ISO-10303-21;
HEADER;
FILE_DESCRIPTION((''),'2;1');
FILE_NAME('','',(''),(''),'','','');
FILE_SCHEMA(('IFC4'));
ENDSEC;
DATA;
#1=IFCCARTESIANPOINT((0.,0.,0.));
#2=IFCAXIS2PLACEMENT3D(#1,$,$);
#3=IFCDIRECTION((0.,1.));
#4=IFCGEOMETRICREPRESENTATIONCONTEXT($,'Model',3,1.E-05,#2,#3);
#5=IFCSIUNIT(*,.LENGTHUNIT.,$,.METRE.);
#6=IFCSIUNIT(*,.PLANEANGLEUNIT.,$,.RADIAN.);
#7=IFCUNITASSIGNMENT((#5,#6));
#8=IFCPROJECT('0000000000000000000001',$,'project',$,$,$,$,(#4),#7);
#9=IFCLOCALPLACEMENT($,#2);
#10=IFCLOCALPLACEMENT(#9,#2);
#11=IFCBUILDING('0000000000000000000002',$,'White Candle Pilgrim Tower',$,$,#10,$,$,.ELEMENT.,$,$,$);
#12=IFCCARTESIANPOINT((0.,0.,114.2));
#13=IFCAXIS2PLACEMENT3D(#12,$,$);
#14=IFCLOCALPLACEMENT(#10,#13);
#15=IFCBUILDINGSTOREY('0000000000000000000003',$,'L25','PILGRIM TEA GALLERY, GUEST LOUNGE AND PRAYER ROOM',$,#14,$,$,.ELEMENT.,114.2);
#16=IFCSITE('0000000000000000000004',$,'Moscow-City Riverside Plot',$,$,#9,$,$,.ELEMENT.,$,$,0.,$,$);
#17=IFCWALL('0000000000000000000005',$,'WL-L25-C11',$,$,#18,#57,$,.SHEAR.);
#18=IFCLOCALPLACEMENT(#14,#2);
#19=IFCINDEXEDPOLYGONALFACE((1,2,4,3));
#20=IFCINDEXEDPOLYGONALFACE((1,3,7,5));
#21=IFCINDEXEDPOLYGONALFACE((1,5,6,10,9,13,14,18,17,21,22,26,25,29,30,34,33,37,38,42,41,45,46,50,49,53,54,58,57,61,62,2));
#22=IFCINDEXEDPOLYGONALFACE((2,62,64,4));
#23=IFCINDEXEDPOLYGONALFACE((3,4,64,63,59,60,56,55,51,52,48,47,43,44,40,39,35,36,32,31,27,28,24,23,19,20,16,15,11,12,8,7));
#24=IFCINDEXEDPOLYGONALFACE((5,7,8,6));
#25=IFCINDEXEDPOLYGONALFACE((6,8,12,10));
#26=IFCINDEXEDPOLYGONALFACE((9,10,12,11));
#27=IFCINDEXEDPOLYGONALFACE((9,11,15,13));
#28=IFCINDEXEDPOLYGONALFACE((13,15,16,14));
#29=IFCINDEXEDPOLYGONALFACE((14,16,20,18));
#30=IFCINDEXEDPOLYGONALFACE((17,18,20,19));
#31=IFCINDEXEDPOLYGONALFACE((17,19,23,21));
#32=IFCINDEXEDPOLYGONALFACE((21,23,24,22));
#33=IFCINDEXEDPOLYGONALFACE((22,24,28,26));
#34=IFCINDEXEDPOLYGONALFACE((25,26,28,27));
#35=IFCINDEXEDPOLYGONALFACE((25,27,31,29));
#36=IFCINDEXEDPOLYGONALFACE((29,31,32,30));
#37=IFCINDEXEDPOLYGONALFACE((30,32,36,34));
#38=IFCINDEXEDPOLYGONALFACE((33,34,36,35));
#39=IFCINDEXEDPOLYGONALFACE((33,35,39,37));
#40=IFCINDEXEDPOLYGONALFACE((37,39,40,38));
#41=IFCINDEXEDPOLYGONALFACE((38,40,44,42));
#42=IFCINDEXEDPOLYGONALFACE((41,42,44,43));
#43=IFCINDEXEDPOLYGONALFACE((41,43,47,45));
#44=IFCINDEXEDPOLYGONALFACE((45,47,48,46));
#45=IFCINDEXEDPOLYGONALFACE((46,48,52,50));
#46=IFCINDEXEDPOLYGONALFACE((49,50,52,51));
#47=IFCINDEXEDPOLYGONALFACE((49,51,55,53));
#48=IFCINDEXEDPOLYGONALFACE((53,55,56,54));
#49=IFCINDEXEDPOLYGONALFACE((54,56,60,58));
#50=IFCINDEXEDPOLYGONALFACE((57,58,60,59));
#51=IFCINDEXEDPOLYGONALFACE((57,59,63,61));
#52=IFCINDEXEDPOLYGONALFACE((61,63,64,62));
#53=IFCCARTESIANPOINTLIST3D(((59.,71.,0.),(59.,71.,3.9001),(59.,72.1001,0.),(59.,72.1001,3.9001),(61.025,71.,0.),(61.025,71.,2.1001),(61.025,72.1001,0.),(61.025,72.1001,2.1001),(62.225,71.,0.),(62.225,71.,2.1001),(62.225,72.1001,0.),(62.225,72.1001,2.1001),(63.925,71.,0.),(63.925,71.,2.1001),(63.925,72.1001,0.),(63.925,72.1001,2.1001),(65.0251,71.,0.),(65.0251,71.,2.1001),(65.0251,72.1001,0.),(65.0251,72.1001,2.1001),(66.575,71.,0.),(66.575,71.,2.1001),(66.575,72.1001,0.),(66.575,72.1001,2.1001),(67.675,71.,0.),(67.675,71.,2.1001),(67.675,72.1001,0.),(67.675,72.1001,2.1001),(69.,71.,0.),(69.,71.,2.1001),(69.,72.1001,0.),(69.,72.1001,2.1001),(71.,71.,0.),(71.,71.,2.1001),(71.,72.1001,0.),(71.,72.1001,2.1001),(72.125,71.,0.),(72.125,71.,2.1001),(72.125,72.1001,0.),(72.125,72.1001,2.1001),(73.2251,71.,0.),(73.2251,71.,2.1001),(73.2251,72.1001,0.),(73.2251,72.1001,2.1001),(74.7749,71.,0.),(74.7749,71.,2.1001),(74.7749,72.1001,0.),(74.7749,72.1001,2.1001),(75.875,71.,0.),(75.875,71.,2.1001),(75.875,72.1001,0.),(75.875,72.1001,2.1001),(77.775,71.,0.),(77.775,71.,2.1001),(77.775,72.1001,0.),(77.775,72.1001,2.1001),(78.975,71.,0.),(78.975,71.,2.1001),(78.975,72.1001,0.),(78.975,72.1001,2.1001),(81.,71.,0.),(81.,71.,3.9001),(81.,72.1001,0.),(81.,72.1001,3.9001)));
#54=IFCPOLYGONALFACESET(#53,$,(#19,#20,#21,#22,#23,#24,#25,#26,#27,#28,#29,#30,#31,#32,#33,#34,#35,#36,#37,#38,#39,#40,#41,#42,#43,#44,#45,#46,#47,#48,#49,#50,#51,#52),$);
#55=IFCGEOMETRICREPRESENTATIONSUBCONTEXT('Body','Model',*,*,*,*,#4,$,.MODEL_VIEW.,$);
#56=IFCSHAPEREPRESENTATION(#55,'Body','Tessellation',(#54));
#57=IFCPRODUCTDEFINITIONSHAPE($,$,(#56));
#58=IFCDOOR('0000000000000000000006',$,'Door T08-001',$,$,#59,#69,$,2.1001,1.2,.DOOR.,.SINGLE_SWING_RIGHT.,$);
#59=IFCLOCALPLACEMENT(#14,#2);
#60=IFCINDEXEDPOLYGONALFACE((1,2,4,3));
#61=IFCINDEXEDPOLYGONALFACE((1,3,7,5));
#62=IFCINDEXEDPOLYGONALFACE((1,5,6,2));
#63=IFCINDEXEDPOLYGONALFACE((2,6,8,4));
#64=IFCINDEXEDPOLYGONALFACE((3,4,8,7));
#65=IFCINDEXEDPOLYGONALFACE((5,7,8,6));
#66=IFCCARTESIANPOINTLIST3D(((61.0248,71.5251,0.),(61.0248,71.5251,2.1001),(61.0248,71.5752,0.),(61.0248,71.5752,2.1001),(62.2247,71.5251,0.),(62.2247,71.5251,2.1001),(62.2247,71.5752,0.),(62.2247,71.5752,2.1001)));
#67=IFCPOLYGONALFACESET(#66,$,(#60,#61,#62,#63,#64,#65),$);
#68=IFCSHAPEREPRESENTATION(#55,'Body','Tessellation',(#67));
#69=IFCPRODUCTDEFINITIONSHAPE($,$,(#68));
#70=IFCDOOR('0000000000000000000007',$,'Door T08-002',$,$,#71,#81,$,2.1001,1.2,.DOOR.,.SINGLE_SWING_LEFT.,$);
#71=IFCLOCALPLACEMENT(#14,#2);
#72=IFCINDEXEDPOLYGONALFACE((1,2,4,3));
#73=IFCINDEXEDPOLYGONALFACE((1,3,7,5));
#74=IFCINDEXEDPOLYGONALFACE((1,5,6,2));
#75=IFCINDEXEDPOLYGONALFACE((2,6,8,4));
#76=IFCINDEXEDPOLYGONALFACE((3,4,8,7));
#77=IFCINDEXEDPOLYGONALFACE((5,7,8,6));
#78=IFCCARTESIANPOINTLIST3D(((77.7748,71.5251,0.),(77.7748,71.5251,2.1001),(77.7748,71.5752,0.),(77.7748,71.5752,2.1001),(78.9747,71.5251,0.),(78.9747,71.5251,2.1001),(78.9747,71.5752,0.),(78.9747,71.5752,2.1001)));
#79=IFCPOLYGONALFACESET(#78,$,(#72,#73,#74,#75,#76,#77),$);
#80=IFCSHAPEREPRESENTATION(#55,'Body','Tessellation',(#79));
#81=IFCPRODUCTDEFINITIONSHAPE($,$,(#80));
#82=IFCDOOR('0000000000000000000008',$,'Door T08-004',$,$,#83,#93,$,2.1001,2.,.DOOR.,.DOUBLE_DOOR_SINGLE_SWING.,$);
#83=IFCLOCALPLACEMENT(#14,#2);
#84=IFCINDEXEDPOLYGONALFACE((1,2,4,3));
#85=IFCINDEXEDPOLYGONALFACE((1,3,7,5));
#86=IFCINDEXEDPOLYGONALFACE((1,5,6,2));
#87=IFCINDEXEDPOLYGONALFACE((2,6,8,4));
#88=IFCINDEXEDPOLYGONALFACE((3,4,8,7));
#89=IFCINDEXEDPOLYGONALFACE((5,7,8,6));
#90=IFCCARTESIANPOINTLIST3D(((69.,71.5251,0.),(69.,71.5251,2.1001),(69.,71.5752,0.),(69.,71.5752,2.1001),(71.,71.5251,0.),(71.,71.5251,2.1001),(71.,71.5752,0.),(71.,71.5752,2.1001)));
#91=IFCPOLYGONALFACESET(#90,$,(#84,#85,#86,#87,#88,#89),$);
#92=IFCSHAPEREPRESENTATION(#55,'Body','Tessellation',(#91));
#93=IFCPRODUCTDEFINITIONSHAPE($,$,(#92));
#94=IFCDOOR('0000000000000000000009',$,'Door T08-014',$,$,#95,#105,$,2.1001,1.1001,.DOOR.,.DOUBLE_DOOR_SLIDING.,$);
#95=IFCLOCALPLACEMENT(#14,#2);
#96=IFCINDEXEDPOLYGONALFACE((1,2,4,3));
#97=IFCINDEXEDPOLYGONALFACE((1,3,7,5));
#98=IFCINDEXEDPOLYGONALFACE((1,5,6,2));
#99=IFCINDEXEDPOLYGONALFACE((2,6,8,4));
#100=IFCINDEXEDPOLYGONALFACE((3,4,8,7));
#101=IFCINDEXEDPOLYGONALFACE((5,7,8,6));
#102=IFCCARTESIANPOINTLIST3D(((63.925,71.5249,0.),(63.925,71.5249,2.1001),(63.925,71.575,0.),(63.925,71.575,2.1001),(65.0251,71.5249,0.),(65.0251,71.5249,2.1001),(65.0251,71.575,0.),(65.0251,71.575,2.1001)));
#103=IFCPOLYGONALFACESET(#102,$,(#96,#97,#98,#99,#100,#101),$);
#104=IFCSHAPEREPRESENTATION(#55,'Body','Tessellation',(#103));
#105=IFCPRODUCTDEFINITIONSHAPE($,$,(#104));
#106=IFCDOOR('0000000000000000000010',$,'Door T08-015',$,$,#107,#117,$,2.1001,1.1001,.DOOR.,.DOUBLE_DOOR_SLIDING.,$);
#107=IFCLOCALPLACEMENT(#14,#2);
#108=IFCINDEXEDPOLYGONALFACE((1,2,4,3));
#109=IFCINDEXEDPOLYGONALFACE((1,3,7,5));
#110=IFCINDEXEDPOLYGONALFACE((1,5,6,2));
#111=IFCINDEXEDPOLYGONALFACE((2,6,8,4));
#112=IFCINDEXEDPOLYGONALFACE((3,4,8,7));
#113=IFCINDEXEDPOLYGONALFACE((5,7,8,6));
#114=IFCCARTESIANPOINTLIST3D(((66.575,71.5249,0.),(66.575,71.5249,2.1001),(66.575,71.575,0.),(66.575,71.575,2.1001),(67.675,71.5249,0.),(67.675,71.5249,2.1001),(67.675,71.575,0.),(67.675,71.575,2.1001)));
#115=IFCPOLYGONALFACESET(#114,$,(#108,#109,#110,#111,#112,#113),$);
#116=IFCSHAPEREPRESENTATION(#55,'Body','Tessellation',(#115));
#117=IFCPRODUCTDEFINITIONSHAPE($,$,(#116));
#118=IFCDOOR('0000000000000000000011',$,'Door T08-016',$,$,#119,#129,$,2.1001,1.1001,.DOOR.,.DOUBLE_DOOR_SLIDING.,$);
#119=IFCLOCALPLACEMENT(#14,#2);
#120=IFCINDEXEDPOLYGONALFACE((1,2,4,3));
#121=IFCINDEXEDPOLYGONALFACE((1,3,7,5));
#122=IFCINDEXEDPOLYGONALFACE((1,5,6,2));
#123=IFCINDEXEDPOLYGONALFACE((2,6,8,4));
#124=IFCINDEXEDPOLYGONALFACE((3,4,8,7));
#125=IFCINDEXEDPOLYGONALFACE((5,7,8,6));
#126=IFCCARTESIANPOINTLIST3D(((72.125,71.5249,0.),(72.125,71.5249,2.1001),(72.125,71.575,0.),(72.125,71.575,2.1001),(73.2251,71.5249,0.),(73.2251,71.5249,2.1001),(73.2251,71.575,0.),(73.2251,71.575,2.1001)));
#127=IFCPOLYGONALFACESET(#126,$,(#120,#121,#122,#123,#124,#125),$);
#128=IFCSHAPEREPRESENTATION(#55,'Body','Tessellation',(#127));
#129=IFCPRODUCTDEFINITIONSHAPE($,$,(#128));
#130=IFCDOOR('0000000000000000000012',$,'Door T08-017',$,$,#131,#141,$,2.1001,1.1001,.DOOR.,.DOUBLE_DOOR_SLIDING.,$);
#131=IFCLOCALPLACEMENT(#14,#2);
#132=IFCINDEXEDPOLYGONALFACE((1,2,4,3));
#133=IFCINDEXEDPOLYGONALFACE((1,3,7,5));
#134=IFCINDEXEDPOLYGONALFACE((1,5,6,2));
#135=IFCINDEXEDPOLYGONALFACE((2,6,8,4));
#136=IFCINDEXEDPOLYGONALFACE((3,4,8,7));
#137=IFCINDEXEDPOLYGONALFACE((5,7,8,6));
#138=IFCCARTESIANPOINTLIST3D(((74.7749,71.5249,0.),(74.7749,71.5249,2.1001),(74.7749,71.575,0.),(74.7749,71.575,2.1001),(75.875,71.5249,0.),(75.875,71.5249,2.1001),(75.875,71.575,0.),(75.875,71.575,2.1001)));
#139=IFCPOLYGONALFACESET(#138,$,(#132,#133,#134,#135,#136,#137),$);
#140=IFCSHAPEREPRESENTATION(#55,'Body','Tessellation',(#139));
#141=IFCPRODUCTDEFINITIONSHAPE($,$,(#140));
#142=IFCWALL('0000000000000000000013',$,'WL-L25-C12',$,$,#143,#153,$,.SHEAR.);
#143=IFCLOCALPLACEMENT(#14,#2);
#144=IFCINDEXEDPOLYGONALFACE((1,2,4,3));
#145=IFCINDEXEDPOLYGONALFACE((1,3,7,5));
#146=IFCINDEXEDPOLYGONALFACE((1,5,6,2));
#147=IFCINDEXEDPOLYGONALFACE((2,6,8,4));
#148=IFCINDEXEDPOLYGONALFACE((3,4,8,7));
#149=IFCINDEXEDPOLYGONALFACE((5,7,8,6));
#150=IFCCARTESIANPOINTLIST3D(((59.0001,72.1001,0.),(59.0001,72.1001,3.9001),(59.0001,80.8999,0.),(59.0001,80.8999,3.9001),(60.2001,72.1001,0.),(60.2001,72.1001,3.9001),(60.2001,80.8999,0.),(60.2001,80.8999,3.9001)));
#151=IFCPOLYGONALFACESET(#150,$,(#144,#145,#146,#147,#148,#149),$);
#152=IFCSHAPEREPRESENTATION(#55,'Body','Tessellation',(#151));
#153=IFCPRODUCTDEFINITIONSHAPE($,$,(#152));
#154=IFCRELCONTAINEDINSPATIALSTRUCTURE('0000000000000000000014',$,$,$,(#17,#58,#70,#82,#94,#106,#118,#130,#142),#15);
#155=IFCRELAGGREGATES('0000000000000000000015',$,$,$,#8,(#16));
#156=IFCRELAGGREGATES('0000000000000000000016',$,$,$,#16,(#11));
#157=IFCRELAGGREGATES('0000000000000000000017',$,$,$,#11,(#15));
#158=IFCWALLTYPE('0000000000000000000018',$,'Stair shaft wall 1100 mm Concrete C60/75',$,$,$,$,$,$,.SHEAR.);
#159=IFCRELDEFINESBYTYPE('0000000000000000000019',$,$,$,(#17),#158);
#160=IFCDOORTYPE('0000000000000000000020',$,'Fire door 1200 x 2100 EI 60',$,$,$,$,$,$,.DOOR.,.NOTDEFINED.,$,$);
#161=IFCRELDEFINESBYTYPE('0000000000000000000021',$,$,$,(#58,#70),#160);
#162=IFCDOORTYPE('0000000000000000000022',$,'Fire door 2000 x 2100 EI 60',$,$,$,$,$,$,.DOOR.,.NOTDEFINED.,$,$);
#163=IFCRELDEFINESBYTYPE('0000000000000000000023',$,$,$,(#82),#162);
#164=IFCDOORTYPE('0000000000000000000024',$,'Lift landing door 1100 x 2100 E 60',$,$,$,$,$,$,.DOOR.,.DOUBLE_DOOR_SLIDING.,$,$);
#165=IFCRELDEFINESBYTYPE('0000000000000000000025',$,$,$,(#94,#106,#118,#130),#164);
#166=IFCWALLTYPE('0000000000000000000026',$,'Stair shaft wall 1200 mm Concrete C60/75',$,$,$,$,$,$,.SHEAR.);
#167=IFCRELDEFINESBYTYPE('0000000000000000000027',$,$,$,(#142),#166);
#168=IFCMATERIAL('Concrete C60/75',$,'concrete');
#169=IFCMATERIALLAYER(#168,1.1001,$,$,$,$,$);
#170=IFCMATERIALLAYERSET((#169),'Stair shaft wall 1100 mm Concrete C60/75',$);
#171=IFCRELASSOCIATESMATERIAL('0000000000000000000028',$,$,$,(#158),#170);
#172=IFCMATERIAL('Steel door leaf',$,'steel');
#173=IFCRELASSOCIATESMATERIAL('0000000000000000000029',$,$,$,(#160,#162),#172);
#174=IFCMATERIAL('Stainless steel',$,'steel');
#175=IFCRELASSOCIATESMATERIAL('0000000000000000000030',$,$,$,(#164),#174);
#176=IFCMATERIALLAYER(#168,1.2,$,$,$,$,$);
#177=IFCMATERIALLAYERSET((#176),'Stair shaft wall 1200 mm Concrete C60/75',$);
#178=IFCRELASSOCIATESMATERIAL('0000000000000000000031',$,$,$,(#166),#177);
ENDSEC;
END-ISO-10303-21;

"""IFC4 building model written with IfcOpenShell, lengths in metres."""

from ifc_helpers import new_model, si_unit, direction, frame, frame_2d, origin, place, context, subcontext, project, spatial, rectangle, extrude, material, layer, layer_set, type_object, element, fill, save


model = new_model("IFC4")

# Units and contexts
model_context = context("Model", 3, precision=1e-05, world=origin(), true_north=direction((0.0, 1.0)))
body_context = subcontext(model_context, "Body", "Model", "MODEL_VIEW")
ifc_project = project(units=[si_unit("LENGTHUNIT", "METRE"), si_unit("PLANEANGLEUNIT", "RADIAN")], contexts=[model_context])

# Site, building, storey
site_placement = place(None, origin())
site = spatial("IfcSite", under=ifc_project, at=site_placement, Name="Moscow-City Riverside Plot", CompositionType="ELEMENT", RefElevation=0.0)
building_placement = place(site_placement, origin())
building = spatial("IfcBuilding", under=site, at=building_placement, Name="White Candle Pilgrim Tower", CompositionType="ELEMENT")
storey_placement = place(building_placement, frame((0.0, 0.0, 114.2)))
storey = spatial("IfcBuildingStorey", under=building, at=storey_placement, Name="L25", Description="PILGRIM TEA GALLERY, GUEST LOUNGE AND PRAYER ROOM", CompositionType="ELEMENT", Elevation=114.2)

# Wall, openings, doors
ifc_material_1 = material(Name="Concrete C60/75", Category="concrete")
ifc_layer_1 = layer(ifc_material_1, 1.1001)
ifc_layer_set_1 = layer_set([ifc_layer_1], Name="Stair shaft wall 1100 mm Concrete C60/75")
wall_type_1 = type_object("IfcWallType", Name="Stair shaft wall 1100 mm Concrete C60/75", PredefinedType="SHEAR", material=ifc_layer_set_1)
wall_1_placement = place(storey_placement, frame((59.0, 71.55, 0.0), z_axis=(0.0, 0.0, 1.0), x_axis=(1.0, 0.0, 0.0)))
wall_1 = element("IfcWall", 1, at=wall_1_placement, inside=storey, type_object=wall_type_1, Name="WL-L25-C11", PredefinedType="SHEAR", context=body_context, shape_type="SweptSolid", body=[
    extrude(rectangle(XDim=22.0, YDim=1.1001, at=frame_2d((11.0, 0.0))), origin(), (0.0, 0.0, 1.0), 3.9001),
])
opening_1_placement = place(wall_1_placement, frame((2.0249, 0.0, 0.0)))
opening_1 = element("IfcOpeningElement", 2, at=opening_1_placement, cuts=wall_1, PredefinedType="OPENING", context=body_context, shape_type="SweptSolid", body=[
    extrude(rectangle(XDim=1.2, YDim=2.1001, at=frame_2d((0.6001, 1.05))), frame((0.0, 0.5601, 0.0), z_axis=(0.0, -1.0, 0.0), x_axis=(1.0, 0.0, 0.0)), (0.0, 0.0, 1.0), 1.1201),
])
opening_2_placement = place(wall_1_placement, frame((18.7749, 0.0, 0.0)))
opening_2 = element("IfcOpeningElement", 3, at=opening_2_placement, cuts=wall_1, PredefinedType="OPENING", context=body_context, shape_type="SweptSolid", body=[
    extrude(rectangle(XDim=1.2, YDim=2.1001, at=frame_2d((0.6001, 1.05))), frame((0.0, 0.5601, 0.0), z_axis=(0.0, -1.0, 0.0), x_axis=(1.0, 0.0, 0.0)), (0.0, 0.0, 1.0), 1.1201),
])
opening_3_placement = place(wall_1_placement, frame((10.0, 0.0, 0.0)))
opening_3 = element("IfcOpeningElement", 4, at=opening_3_placement, cuts=wall_1, PredefinedType="OPENING", context=body_context, shape_type="SweptSolid", body=[
    extrude(rectangle(XDim=2.0, YDim=2.1001, at=frame_2d((1.0, 1.05))), frame((0.0, 0.5601, 0.0), z_axis=(0.0, -1.0, 0.0), x_axis=(1.0, 0.0, 0.0)), (0.0, 0.0, 1.0), 1.1201),
])
opening_4_placement = place(wall_1_placement, frame((4.925, 0.0, 0.0)))
opening_4 = element("IfcOpeningElement", 5, at=opening_4_placement, cuts=wall_1, PredefinedType="OPENING", context=body_context, shape_type="SweptSolid", body=[
    extrude(rectangle(XDim=1.1001, YDim=2.1001, at=frame_2d((0.55, 1.05))), frame((0.0, 0.5601, 0.0), z_axis=(0.0, -1.0, 0.0), x_axis=(1.0, 0.0, 0.0)), (0.0, 0.0, 1.0), 1.1201),
])
opening_5_placement = place(wall_1_placement, frame((7.575, 0.0, 0.0)))
opening_5 = element("IfcOpeningElement", 6, at=opening_5_placement, cuts=wall_1, PredefinedType="OPENING", context=body_context, shape_type="SweptSolid", body=[
    extrude(rectangle(XDim=1.1001, YDim=2.1001, at=frame_2d((0.55, 1.05))), frame((0.0, 0.5601, 0.0), z_axis=(0.0, -1.0, 0.0), x_axis=(1.0, 0.0, 0.0)), (0.0, 0.0, 1.0), 1.1201),
])
opening_6_placement = place(wall_1_placement, frame((13.125, 0.0, 0.0)))
opening_6 = element("IfcOpeningElement", 7, at=opening_6_placement, cuts=wall_1, PredefinedType="OPENING", context=body_context, shape_type="SweptSolid", body=[
    extrude(rectangle(XDim=1.1001, YDim=2.1001, at=frame_2d((0.55, 1.05))), frame((0.0, 0.5601, 0.0), z_axis=(0.0, -1.0, 0.0), x_axis=(1.0, 0.0, 0.0)), (0.0, 0.0, 1.0), 1.1201),
])
opening_7_placement = place(wall_1_placement, frame((15.7749, 0.0, 0.0)))
opening_7 = element("IfcOpeningElement", 8, at=opening_7_placement, cuts=wall_1, PredefinedType="OPENING", context=body_context, shape_type="SweptSolid", body=[
    extrude(rectangle(XDim=1.1001, YDim=2.1001, at=frame_2d((0.55, 1.05))), frame((0.0, 0.5601, 0.0), z_axis=(0.0, -1.0, 0.0), x_axis=(1.0, 0.0, 0.0)), (0.0, 0.0, 1.0), 1.1201),
])
ifc_material_2 = material(Name="Steel door leaf", Category="steel")
door_type_1 = type_object("IfcDoorType", Name="Fire door 1200 x 2100 EI 60", OperationType="NOTDEFINED", PredefinedType="DOOR", material=ifc_material_2)
door_1_placement = place(opening_1_placement, frame((1.2, 0.0, 0.0), z_axis=(0.0, 0.0, 1.0), x_axis=(-1.0, 0.0, 0.0)))
door_1 = element("IfcDoor", 9, at=door_1_placement, inside=storey, type_object=door_type_1, Name="Door T08-001", OperationType="SINGLE_SWING_RIGHT", OverallHeight=2.1001, OverallWidth=1.2, PredefinedType="DOOR", context=body_context, shape_type="SweptSolid", body=[
    extrude(rectangle(XDim=1.2, YDim=2.1001, at=frame_2d((0.6001, 1.05))), frame((0.0, 0.0249, 0.0), z_axis=(0.0, -1.0, 0.0), x_axis=(1.0, 0.0, 0.0)), (0.0, 0.0, 1.0), 0.05),
])
fill(opening_1, door_1)
door_2_placement = place(opening_2_placement, frame((1.2, 0.0, 0.0), z_axis=(0.0, 0.0, 1.0), x_axis=(-1.0, 0.0, 0.0)))
door_2 = element("IfcDoor", 10, at=door_2_placement, inside=storey, type_object=door_type_1, Name="Door T08-002", OperationType="SINGLE_SWING_LEFT", OverallHeight=2.1001, OverallWidth=1.2, PredefinedType="DOOR", context=body_context, shape_type="SweptSolid", body=[
    extrude(rectangle(XDim=1.2, YDim=2.1001, at=frame_2d((0.6001, 1.05))), frame((0.0, 0.0249, 0.0), z_axis=(0.0, -1.0, 0.0), x_axis=(1.0, 0.0, 0.0)), (0.0, 0.0, 1.0), 0.05),
])
fill(opening_2, door_2)
door_type_2 = type_object("IfcDoorType", Name="Fire door 2000 x 2100 EI 60", OperationType="NOTDEFINED", PredefinedType="DOOR", material=ifc_material_2)
door_3_placement = place(opening_3_placement, frame((2.0, 0.0, 0.0), z_axis=(0.0, 0.0, 1.0), x_axis=(-1.0, 0.0, 0.0)))
door_3 = element("IfcDoor", 11, at=door_3_placement, inside=storey, type_object=door_type_2, Name="Door T08-004", OperationType="DOUBLE_DOOR_SINGLE_SWING", OverallHeight=2.1001, OverallWidth=2.0, PredefinedType="DOOR", context=body_context, shape_type="SweptSolid", body=[
    extrude(rectangle(XDim=2.0, YDim=2.1001, at=frame_2d((1.0, 1.05))), frame((0.0, 0.0249, 0.0), z_axis=(0.0, -1.0, 0.0), x_axis=(1.0, 0.0, 0.0)), (0.0, 0.0, 1.0), 0.05),
])
fill(opening_3, door_3)
ifc_material_3 = material(Name="Stainless steel", Category="steel")
door_type_3 = type_object("IfcDoorType", Name="Lift landing door 1100 x 2100 E 60", OperationType="DOUBLE_DOOR_SLIDING", PredefinedType="DOOR", material=ifc_material_3)
door_4_placement = place(opening_4_placement, origin())
door_4 = element("IfcDoor", 12, at=door_4_placement, inside=storey, type_object=door_type_3, Name="Door T08-014", OperationType="DOUBLE_DOOR_SLIDING", OverallHeight=2.1001, OverallWidth=1.1001, PredefinedType="DOOR", context=body_context, shape_type="SweptSolid", body=[
    extrude(rectangle(XDim=1.1001, YDim=2.1001, at=frame_2d((0.55, 1.05))), frame((0.0, 0.0249, 0.0), z_axis=(0.0, -1.0, 0.0), x_axis=(1.0, 0.0, 0.0)), (0.0, 0.0, 1.0), 0.05),
])
fill(opening_4, door_4)
door_5_placement = place(opening_5_placement, origin())
door_5 = element("IfcDoor", 13, at=door_5_placement, inside=storey, type_object=door_type_3, Name="Door T08-015", OperationType="DOUBLE_DOOR_SLIDING", OverallHeight=2.1001, OverallWidth=1.1001, PredefinedType="DOOR", context=body_context, shape_type="SweptSolid", body=[
    extrude(rectangle(XDim=1.1001, YDim=2.1001, at=frame_2d((0.55, 1.05))), frame((0.0, 0.0249, 0.0), z_axis=(0.0, -1.0, 0.0), x_axis=(1.0, 0.0, 0.0)), (0.0, 0.0, 1.0), 0.05),
])
fill(opening_5, door_5)
door_6_placement = place(opening_6_placement, origin())
door_6 = element("IfcDoor", 14, at=door_6_placement, inside=storey, type_object=door_type_3, Name="Door T08-016", OperationType="DOUBLE_DOOR_SLIDING", OverallHeight=2.1001, OverallWidth=1.1001, PredefinedType="DOOR", context=body_context, shape_type="SweptSolid", body=[
    extrude(rectangle(XDim=1.1001, YDim=2.1001, at=frame_2d((0.55, 1.05))), frame((0.0, 0.0249, 0.0), z_axis=(0.0, -1.0, 0.0), x_axis=(1.0, 0.0, 0.0)), (0.0, 0.0, 1.0), 0.05),
])
fill(opening_6, door_6)
door_7_placement = place(opening_7_placement, origin())
door_7 = element("IfcDoor", 15, at=door_7_placement, inside=storey, type_object=door_type_3, Name="Door T08-017", OperationType="DOUBLE_DOOR_SLIDING", OverallHeight=2.1001, OverallWidth=1.1001, PredefinedType="DOOR", context=body_context, shape_type="SweptSolid", body=[
    extrude(rectangle(XDim=1.1001, YDim=2.1001, at=frame_2d((0.55, 1.05))), frame((0.0, 0.0249, 0.0), z_axis=(0.0, -1.0, 0.0), x_axis=(1.0, 0.0, 0.0)), (0.0, 0.0, 1.0), 0.05),
])
fill(opening_7, door_7)

# Wall
ifc_layer_2 = layer(ifc_material_1, 1.2)
ifc_layer_set_2 = layer_set([ifc_layer_2], Name="Stair shaft wall 1200 mm Concrete C60/75")
wall_type_2 = type_object("IfcWallType", Name="Stair shaft wall 1200 mm Concrete C60/75", PredefinedType="SHEAR", material=ifc_layer_set_2)
wall_2_placement = place(storey_placement, frame((59.6001, 72.1001, 0.0), z_axis=(0.0, 0.0, 1.0), x_axis=(0.0, 1.0, 0.0)))
element("IfcWall", 16, at=wall_2_placement, inside=storey, type_object=wall_type_2, Name="WL-L25-C12", PredefinedType="SHEAR", context=body_context, shape_type="SweptSolid", body=[
    extrude(rectangle(XDim=8.7998, YDim=1.2, at=frame_2d((4.3999, 0.0))), origin(), (0.0, 0.0, 1.0), 3.9001),
])

save(model, "model.ifc")
